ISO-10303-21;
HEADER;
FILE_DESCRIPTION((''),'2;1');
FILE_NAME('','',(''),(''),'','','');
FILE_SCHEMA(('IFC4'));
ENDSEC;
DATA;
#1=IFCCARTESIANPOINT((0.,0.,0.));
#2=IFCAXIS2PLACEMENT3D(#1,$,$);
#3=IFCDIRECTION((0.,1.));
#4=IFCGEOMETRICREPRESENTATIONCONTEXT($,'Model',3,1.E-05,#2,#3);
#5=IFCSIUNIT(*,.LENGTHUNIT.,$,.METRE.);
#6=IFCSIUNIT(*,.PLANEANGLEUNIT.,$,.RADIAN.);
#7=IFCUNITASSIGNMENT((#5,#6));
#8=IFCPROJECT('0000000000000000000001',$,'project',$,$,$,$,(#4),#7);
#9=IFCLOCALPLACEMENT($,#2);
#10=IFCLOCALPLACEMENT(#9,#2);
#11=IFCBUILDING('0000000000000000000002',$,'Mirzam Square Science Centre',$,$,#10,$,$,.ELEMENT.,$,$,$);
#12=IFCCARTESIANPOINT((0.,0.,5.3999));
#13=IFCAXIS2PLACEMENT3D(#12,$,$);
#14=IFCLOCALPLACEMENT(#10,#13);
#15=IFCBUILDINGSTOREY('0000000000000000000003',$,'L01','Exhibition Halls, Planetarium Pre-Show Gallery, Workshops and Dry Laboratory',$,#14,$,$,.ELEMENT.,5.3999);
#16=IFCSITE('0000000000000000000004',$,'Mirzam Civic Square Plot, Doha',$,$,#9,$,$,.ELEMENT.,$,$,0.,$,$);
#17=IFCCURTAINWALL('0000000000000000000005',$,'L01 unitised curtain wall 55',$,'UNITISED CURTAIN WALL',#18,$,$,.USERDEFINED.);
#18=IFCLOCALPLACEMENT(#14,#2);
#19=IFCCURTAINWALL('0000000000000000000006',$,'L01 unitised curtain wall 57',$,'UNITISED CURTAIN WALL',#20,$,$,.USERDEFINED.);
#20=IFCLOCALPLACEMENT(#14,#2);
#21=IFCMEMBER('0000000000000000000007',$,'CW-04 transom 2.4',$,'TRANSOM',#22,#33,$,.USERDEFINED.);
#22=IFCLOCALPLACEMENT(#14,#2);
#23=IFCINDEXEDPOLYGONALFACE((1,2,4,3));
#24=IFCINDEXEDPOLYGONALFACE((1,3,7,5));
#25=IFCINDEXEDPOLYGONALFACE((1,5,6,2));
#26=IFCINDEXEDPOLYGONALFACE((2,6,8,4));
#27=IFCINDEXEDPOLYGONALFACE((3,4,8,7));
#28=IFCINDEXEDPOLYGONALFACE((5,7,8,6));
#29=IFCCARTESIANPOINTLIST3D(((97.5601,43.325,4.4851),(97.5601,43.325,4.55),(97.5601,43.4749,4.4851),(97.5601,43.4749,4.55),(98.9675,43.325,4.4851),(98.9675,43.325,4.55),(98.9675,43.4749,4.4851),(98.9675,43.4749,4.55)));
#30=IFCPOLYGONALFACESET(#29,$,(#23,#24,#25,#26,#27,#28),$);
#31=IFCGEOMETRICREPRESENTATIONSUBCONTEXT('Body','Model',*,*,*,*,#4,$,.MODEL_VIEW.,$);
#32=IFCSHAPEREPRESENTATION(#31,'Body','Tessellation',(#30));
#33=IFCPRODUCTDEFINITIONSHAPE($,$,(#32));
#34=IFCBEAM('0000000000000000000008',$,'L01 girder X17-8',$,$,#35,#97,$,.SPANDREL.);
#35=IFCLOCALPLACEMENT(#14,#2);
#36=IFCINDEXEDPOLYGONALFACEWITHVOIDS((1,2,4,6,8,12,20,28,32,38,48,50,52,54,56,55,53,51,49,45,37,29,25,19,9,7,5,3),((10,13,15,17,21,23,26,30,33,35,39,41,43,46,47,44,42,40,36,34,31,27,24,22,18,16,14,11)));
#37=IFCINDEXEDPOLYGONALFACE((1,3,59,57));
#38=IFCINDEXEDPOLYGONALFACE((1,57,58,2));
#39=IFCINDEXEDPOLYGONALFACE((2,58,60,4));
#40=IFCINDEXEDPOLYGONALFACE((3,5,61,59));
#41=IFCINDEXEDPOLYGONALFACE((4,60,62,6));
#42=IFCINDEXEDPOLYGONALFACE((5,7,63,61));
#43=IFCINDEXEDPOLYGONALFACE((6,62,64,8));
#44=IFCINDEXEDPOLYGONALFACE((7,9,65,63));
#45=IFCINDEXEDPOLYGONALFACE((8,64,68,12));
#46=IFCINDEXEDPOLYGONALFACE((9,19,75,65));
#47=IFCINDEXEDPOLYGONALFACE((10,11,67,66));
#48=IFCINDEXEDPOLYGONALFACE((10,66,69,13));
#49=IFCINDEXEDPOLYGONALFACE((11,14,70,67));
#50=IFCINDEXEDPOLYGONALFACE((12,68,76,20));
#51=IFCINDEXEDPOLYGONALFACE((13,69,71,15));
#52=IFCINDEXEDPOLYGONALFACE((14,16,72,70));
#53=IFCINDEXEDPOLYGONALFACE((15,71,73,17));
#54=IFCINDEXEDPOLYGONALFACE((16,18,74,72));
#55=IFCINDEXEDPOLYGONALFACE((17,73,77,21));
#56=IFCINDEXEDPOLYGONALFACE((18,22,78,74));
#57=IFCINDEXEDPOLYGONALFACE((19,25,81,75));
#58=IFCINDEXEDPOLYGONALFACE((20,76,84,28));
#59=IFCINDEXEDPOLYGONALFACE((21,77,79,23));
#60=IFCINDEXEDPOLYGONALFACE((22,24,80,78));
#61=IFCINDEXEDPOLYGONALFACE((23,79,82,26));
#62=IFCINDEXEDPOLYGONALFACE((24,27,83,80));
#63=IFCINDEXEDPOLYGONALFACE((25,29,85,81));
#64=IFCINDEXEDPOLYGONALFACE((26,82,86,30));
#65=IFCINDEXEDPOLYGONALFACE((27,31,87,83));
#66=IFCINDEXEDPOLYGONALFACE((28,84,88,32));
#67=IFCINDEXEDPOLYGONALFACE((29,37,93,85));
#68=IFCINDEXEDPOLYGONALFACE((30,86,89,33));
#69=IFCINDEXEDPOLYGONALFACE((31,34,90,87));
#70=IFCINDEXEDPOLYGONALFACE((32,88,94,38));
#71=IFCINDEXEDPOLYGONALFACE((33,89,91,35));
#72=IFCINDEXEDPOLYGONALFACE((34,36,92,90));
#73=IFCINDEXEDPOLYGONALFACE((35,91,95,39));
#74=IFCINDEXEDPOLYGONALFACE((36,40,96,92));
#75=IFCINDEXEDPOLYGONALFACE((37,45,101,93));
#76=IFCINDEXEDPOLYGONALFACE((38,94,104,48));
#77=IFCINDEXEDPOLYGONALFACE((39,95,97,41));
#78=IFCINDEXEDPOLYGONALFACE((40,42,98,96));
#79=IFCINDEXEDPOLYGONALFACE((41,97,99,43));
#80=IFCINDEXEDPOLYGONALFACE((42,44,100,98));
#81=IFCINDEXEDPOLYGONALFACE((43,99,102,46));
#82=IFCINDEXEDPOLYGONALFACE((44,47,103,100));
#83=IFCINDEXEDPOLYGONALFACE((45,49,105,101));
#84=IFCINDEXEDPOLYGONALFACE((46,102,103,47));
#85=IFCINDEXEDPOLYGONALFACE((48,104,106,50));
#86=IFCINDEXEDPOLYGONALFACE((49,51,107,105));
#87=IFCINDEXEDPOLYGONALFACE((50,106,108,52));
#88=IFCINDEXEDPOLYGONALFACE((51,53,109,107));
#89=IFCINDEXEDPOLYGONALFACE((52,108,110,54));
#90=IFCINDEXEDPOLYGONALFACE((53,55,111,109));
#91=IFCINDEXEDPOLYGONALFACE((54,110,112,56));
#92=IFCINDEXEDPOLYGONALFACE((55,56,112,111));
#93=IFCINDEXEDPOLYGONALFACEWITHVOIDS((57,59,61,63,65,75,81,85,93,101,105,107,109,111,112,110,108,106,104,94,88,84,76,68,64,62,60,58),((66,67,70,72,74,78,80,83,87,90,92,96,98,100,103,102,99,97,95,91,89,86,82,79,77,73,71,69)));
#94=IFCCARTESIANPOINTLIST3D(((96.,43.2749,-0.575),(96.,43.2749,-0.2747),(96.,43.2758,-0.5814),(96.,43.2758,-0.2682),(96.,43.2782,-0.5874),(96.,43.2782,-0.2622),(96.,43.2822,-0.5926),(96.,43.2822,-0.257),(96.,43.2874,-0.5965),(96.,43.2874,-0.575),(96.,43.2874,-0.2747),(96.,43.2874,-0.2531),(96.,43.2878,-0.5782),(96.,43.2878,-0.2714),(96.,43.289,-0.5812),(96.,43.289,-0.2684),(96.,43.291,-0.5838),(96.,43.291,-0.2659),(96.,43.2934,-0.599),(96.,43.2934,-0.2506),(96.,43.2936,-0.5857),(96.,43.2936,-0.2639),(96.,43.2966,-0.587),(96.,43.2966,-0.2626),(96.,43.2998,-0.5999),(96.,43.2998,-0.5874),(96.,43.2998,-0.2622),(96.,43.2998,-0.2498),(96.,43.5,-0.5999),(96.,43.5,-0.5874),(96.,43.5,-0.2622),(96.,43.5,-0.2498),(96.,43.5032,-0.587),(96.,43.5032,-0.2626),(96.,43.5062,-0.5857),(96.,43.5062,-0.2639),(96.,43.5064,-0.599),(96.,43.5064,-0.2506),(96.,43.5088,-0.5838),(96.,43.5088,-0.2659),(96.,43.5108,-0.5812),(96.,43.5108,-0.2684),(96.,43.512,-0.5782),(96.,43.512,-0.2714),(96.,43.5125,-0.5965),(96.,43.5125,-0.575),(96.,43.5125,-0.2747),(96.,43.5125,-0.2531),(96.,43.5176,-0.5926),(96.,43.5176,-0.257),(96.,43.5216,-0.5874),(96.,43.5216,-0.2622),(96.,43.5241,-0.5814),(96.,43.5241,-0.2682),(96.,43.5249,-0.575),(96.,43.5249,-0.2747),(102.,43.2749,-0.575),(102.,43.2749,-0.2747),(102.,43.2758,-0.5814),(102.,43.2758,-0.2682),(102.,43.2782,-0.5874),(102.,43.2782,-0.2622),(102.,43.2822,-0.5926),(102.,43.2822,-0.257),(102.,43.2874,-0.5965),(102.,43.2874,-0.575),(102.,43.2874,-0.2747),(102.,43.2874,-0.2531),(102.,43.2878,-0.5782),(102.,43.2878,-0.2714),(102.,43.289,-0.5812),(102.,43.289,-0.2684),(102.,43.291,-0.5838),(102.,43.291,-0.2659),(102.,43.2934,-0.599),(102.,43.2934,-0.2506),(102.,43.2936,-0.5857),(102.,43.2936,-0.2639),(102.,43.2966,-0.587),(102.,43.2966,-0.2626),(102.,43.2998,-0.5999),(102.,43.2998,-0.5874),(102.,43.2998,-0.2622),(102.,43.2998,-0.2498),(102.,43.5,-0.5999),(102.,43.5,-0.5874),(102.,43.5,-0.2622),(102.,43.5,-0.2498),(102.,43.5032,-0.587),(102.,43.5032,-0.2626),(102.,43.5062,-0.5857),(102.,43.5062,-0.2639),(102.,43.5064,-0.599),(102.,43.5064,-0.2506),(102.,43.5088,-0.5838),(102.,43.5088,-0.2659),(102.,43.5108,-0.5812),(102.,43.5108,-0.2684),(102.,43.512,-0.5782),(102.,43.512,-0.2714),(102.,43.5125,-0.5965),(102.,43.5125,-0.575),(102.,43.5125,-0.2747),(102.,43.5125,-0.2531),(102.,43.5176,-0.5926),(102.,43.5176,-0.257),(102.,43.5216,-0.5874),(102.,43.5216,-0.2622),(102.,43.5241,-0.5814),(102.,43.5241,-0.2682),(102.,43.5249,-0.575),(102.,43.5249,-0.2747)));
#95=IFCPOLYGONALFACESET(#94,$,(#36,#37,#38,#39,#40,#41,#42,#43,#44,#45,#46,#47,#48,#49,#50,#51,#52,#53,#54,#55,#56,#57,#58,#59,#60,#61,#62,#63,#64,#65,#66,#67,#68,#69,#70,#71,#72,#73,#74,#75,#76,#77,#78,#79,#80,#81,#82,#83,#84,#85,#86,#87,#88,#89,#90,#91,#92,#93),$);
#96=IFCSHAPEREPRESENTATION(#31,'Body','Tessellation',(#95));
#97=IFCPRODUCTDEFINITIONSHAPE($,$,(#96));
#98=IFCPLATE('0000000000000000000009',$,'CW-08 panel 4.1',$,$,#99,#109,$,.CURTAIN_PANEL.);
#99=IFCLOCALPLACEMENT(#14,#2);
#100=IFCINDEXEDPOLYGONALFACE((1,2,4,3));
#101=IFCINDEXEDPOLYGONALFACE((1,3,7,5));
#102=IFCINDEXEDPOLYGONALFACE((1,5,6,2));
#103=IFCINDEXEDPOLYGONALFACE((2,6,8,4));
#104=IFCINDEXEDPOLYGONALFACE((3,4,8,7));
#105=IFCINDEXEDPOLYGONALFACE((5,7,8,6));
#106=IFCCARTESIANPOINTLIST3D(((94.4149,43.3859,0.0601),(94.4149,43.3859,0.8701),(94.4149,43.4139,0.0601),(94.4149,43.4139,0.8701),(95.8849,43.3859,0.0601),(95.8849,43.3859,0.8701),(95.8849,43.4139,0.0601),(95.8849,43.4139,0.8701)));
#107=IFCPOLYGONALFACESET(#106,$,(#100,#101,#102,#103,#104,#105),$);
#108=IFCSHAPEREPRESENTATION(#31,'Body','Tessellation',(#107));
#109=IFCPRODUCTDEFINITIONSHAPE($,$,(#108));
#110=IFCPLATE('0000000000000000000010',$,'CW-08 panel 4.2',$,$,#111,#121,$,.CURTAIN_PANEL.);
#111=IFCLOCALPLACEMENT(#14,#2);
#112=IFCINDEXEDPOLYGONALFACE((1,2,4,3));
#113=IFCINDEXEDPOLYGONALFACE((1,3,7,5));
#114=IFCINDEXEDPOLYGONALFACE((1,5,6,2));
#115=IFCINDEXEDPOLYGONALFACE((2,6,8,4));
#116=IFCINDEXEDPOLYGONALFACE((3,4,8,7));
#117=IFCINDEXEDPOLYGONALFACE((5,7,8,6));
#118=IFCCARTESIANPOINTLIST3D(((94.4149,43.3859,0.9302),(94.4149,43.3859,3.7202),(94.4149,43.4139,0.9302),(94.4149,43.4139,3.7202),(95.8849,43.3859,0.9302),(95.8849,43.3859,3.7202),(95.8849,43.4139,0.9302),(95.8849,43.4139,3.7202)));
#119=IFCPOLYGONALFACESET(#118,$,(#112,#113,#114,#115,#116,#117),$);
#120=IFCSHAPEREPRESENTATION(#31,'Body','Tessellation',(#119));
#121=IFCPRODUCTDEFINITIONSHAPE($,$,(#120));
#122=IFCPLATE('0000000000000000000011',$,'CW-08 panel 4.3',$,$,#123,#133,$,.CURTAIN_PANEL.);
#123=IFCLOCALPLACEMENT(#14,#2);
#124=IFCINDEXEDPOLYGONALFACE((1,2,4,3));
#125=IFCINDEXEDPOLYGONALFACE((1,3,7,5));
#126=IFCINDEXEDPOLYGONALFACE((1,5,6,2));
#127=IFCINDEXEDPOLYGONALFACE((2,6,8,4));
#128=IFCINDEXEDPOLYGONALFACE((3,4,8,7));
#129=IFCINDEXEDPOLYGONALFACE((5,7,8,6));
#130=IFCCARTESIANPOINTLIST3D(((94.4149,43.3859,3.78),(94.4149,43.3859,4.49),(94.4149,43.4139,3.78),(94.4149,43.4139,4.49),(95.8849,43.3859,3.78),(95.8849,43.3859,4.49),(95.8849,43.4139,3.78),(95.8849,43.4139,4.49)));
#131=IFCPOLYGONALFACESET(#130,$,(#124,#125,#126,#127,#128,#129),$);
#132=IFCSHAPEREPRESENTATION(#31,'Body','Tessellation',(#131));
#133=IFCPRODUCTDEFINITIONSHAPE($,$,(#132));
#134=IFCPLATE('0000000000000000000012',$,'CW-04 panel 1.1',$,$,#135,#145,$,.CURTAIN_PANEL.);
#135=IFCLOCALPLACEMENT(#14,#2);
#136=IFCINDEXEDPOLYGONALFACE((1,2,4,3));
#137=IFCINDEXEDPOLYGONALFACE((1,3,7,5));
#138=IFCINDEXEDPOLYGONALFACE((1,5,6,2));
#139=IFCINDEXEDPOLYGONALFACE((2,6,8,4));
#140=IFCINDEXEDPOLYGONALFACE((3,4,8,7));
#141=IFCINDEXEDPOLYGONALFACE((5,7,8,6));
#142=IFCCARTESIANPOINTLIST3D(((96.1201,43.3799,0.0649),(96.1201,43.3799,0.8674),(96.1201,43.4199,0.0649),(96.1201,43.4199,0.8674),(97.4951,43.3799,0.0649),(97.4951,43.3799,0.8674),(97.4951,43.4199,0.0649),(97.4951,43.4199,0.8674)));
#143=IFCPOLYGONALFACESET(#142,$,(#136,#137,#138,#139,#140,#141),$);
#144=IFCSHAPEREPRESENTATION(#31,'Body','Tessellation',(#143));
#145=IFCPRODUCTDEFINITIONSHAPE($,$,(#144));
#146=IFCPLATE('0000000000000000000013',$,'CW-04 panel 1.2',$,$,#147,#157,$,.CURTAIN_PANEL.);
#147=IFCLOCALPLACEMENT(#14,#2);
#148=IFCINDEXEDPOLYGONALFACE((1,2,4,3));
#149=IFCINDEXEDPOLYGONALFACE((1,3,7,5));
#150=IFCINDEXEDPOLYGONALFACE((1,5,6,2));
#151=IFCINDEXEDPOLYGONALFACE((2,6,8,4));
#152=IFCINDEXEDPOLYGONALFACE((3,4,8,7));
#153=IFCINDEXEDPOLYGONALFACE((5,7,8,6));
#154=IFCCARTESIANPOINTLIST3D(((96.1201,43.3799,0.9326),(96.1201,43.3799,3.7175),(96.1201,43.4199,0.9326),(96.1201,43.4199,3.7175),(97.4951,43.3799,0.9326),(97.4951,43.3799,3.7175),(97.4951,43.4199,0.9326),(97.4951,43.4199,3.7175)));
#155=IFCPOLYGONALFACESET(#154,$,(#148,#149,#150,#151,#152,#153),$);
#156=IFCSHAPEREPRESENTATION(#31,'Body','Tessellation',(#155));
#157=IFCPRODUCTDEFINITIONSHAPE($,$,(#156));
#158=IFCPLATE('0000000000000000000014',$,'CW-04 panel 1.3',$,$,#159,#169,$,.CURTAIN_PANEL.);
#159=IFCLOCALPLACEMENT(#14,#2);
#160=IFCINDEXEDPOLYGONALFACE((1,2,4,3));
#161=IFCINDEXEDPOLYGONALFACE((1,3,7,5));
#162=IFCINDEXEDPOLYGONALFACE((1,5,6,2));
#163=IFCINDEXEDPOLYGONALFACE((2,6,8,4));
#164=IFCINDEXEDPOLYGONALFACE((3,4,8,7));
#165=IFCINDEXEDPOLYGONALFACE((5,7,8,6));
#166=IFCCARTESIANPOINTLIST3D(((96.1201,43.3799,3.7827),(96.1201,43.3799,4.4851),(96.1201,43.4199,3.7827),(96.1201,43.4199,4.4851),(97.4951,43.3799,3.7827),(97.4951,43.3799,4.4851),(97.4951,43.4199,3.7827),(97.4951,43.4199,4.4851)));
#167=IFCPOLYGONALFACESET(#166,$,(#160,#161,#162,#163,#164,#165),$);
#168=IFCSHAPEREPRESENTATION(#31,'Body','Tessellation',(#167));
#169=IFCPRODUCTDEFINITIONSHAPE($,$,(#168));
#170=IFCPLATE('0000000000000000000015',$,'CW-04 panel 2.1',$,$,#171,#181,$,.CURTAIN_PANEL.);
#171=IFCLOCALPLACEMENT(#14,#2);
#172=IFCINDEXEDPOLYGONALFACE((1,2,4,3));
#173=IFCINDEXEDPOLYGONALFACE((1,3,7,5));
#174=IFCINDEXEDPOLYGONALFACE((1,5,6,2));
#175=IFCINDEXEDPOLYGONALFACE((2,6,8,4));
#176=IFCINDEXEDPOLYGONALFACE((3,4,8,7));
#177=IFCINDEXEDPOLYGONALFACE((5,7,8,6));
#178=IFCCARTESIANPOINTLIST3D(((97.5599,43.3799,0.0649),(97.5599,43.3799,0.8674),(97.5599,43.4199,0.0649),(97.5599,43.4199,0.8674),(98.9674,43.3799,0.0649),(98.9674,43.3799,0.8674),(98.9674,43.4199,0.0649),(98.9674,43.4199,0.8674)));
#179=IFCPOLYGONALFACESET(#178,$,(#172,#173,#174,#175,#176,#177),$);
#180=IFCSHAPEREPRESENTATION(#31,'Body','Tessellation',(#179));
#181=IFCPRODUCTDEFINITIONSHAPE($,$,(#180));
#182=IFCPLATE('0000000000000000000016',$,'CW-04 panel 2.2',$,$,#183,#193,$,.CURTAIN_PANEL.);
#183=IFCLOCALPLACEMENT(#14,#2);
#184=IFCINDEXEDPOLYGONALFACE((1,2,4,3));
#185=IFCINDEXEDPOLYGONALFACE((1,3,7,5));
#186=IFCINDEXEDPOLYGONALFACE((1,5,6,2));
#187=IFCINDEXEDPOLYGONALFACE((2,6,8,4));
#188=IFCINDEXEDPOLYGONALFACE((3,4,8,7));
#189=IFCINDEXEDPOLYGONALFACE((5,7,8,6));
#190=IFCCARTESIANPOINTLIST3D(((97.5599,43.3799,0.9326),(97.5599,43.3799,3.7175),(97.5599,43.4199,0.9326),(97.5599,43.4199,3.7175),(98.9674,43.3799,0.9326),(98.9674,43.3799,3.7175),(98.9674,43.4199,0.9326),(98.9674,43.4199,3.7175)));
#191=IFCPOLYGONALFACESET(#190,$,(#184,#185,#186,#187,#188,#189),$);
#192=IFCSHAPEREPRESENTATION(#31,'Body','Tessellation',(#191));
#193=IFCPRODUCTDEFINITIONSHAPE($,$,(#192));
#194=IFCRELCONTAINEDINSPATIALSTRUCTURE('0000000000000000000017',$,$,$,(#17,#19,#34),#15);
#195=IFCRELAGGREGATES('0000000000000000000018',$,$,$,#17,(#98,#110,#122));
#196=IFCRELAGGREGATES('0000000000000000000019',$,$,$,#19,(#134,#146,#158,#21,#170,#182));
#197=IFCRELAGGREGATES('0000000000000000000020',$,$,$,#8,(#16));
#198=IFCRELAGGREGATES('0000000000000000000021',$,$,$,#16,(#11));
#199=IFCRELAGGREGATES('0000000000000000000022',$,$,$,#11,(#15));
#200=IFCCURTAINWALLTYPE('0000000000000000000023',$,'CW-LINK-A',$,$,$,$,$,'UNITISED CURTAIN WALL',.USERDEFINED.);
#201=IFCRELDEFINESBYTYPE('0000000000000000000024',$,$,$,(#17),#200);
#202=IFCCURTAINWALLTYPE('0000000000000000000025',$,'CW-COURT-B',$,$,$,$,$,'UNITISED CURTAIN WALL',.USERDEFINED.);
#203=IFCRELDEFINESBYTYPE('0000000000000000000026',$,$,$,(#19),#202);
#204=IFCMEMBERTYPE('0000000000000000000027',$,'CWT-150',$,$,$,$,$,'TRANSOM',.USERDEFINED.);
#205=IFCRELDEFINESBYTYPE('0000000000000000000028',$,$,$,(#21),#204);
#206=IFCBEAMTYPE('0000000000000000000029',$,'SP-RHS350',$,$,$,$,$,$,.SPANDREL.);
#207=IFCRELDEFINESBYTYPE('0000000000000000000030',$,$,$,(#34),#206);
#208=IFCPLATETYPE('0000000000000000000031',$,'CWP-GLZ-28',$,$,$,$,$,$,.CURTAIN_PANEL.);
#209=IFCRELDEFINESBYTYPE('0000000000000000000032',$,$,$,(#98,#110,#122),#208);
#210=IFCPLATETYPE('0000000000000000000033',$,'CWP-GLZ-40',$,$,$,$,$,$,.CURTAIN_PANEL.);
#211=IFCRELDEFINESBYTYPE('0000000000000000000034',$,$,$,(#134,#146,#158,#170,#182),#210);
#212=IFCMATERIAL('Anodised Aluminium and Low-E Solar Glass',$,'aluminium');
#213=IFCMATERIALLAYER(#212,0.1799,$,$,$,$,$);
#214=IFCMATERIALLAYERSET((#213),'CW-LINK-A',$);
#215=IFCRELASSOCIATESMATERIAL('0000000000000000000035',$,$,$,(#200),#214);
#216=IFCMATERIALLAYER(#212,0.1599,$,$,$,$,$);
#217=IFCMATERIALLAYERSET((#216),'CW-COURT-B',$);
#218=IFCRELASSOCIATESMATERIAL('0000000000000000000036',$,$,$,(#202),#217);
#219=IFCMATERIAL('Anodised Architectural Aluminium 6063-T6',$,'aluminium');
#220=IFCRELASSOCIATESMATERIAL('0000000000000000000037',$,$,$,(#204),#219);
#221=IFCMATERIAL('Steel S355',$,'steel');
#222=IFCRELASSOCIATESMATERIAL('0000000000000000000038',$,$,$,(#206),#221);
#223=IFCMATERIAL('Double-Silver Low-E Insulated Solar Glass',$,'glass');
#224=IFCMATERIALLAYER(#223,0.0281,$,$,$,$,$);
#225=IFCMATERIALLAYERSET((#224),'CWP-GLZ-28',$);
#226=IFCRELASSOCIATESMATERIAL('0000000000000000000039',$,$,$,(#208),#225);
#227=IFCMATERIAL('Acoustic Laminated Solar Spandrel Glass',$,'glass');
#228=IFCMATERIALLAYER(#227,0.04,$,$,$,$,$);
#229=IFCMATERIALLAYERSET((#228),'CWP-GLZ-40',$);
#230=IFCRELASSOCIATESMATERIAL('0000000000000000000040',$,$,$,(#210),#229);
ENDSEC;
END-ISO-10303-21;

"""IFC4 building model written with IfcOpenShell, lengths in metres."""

from ifc_helpers import new_model, si_unit, direction, frame, origin, origin_2d, place, context, subcontext, project, spatial, rectangle, hollow_rectangle, extrude, material, layer, layer_set, material_profile, profile_set, type_object, element, aggregate, save


model = new_model("IFC4")

# Units and contexts
model_context = context("Model", 3, precision=1e-05, world=origin(), true_north=direction((0.0, 1.0)))
body_context = subcontext(model_context, "Body", "Model", "MODEL_VIEW")
ifc_project = project(units=[si_unit("LENGTHUNIT", "METRE"), si_unit("PLANEANGLEUNIT", "RADIAN")], contexts=[model_context])

# Site, building, storey
site_placement = place(None, origin())
site = spatial("IfcSite", under=ifc_project, at=site_placement, Name="Mirzam Civic Square Plot, Doha", CompositionType="ELEMENT", RefElevation=0.0)
building_placement = place(site_placement, origin())
building = spatial("IfcBuilding", under=site, at=building_placement, Name="Mirzam Square Science Centre", CompositionType="ELEMENT")
storey_placement = place(building_placement, frame((0.0, 0.0, 5.3999)))
storey = spatial("IfcBuildingStorey", under=building, at=storey_placement, Name="L01", Description="Exhibition Halls, Planetarium Pre-Show Gallery, Workshops and Dry Laboratory", CompositionType="ELEMENT", Elevation=5.3999)

# Shared definitions
ifc_material_1 = material(Name="Steel S355", Category="steel")

# Curtain wall
ifc_material_2 = material(Name="Anodised Aluminium and Low-E Solar Glass", Category="aluminium")
ifc_layer_1 = layer(ifc_material_2, 0.1799)
ifc_layer_set_1 = layer_set([ifc_layer_1], Name="CW-LINK-A")
curtain_wall_type_1 = type_object("IfcCurtainWallType", Name="CW-LINK-A", ElementType="UNITISED CURTAIN WALL", PredefinedType="USERDEFINED", material=ifc_layer_set_1)
curtain_wall_1_placement = place(storey_placement, origin())
curtain_wall_1 = element("IfcCurtainWall", 1, at=curtain_wall_1_placement, inside=storey, type_object=curtain_wall_type_1, Name="L01 unitised curtain wall 55", ObjectType="UNITISED CURTAIN WALL", PredefinedType="USERDEFINED")
ifc_material_3 = material(Name="Anodised Architectural Aluminium 6063-T6", Category="aluminium")

# Curtain wall, member
ifc_layer_2 = layer(ifc_material_2, 0.1599)
ifc_layer_set_2 = layer_set([ifc_layer_2], Name="CW-COURT-B")
curtain_wall_type_2 = type_object("IfcCurtainWallType", Name="CW-COURT-B", ElementType="UNITISED CURTAIN WALL", PredefinedType="USERDEFINED", material=ifc_layer_set_2)
curtain_wall_2_placement = place(storey_placement, origin())
curtain_wall_2 = element("IfcCurtainWall", 2, at=curtain_wall_2_placement, inside=storey, type_object=curtain_wall_type_2, Name="L01 unitised curtain wall 57", ObjectType="UNITISED CURTAIN WALL", PredefinedType="USERDEFINED")
ifc_material_profile_1 = material_profile(ifc_material_3, rectangle(XDim=0.1499, YDim=0.0649, at=origin_2d()), Name="ALU-TRAN-150x65x4")
ifc_profile_set_1 = profile_set([ifc_material_profile_1], Name="Anodised Architectural Aluminium 6063-T6")
member_type_1 = type_object("IfcMemberType", Name="CWT-150", ElementType="TRANSOM", PredefinedType="USERDEFINED", material=ifc_profile_set_1)
member_1_placement = place(storey_placement, frame((97.5601, 43.3999, 4.5176), z_axis=(1.0, 0.0, 0.0), x_axis=(0.0, 1.0, 0.0)))
member_1 = element("IfcMember", 3, at=member_1_placement, type_object=member_type_1, Name="CW-04 transom 2.4", ObjectType="TRANSOM", PredefinedType="USERDEFINED", context=body_context, shape_type="SweptSolid", body=[
    extrude(rectangle(XDim=0.1499, YDim=0.0649, at=origin_2d()), origin(), (0.0, 0.0, 1.0), 1.4075),
])

# Beam
ifc_material_profile_2 = material_profile(ifc_material_1, hollow_rectangle(XDim=0.25, YDim=0.3501, WallThickness=0.0125, InnerFilletRadius=0.0125, OuterFilletRadius=0.0249, at=origin_2d()), Name="350x250x12.5RHS")
ifc_profile_set_2 = profile_set([ifc_material_profile_2], Name="Steel S355")
beam_type = type_object("IfcBeamType", Name="SP-RHS350", PredefinedType="SPANDREL", material=ifc_profile_set_2)
beam_placement = place(storey_placement, frame((96.0, 43.3999, -0.4248), z_axis=(1.0, 0.0, 0.0), x_axis=(0.0, 1.0, 0.0)))
element("IfcBeam", 4, at=beam_placement, inside=storey, type_object=beam_type, Name="L01 girder X17-8", PredefinedType="SPANDREL", context=body_context, shape_type="SweptSolid", body=[
    extrude(hollow_rectangle(XDim=0.25, YDim=0.3501, WallThickness=0.0125, InnerFilletRadius=0.0125, OuterFilletRadius=0.0249, at=origin_2d()), origin(), (0.0, 0.0, 1.0), 6.0),
])

# Plates
ifc_material_4 = material(Name="Double-Silver Low-E Insulated Solar Glass", Category="glass")
ifc_layer_3 = layer(ifc_material_4, 0.0281)
ifc_layer_set_3 = layer_set([ifc_layer_3], Name="CWP-GLZ-28")
plate_type_1 = type_object("IfcPlateType", Name="CWP-GLZ-28", PredefinedType="CURTAIN_PANEL", material=ifc_layer_set_3)
plate_1_placement = place(storey_placement, frame((95.1499, 43.3999, 0.0601), z_axis=(0.0, 0.0, 1.0), x_axis=(1.0, 0.0, 0.0)))
plate_1 = element("IfcPlate", 5, at=plate_1_placement, type_object=plate_type_1, Name="CW-08 panel 4.1", PredefinedType="CURTAIN_PANEL", context=body_context, shape_type="SweptSolid", body=[
    extrude(rectangle(XDim=1.47, YDim=0.0281, at=origin_2d()), origin(), (0.0, 0.0, 1.0), 0.8101),
])
plate_2_placement = place(storey_placement, frame((95.1499, 43.3999, 0.9302), z_axis=(0.0, 0.0, 1.0), x_axis=(1.0, 0.0, 0.0)))
plate_2 = element("IfcPlate", 6, at=plate_2_placement, type_object=plate_type_1, Name="CW-08 panel 4.2", PredefinedType="CURTAIN_PANEL", context=body_context, shape_type="SweptSolid", body=[
    extrude(rectangle(XDim=1.47, YDim=0.0281, at=origin_2d()), origin(), (0.0, 0.0, 1.0), 2.79),
])
plate_3_placement = place(storey_placement, frame((95.1499, 43.3999, 3.78), z_axis=(0.0, 0.0, 1.0), x_axis=(1.0, 0.0, 0.0)))
plate_3 = element("IfcPlate", 7, at=plate_3_placement, type_object=plate_type_1, Name="CW-08 panel 4.3", PredefinedType="CURTAIN_PANEL", context=body_context, shape_type="SweptSolid", body=[
    extrude(rectangle(XDim=1.47, YDim=0.0281, at=origin_2d()), origin(), (0.0, 0.0, 1.0), 0.71),
])
aggregate(curtain_wall_1, [plate_1, plate_2, plate_3])
ifc_material_5 = material(Name="Acoustic Laminated Solar Spandrel Glass", Category="glass")
ifc_layer_4 = layer(ifc_material_5, 0.04)
ifc_layer_set_4 = layer_set([ifc_layer_4], Name="CWP-GLZ-40")
plate_type_2 = type_object("IfcPlateType", Name="CWP-GLZ-40", PredefinedType="CURTAIN_PANEL", material=ifc_layer_set_4)
plate_4_placement = place(storey_placement, frame((96.8076, 43.3999, 0.0649), z_axis=(0.0, 0.0, 1.0), x_axis=(1.0, 0.0, 0.0)))
plate_4 = element("IfcPlate", 8, at=plate_4_placement, type_object=plate_type_2, Name="CW-04 panel 1.1", PredefinedType="CURTAIN_PANEL", context=body_context, shape_type="SweptSolid", body=[
    extrude(rectangle(XDim=1.375, YDim=0.04, at=origin_2d()), origin(), (0.0, 0.0, 1.0), 0.8025),
])
plate_5_placement = place(storey_placement, frame((96.8076, 43.3999, 0.9326), z_axis=(0.0, 0.0, 1.0), x_axis=(1.0, 0.0, 0.0)))
plate_5 = element("IfcPlate", 9, at=plate_5_placement, type_object=plate_type_2, Name="CW-04 panel 1.2", PredefinedType="CURTAIN_PANEL", context=body_context, shape_type="SweptSolid", body=[
    extrude(rectangle(XDim=1.375, YDim=0.04, at=origin_2d()), origin(), (0.0, 0.0, 1.0), 2.7849),
])
plate_6_placement = place(storey_placement, frame((96.8076, 43.3999, 3.7827), z_axis=(0.0, 0.0, 1.0), x_axis=(1.0, 0.0, 0.0)))
plate_6 = element("IfcPlate", 10, at=plate_6_placement, type_object=plate_type_2, Name="CW-04 panel 1.3", PredefinedType="CURTAIN_PANEL", context=body_context, shape_type="SweptSolid", body=[
    extrude(rectangle(XDim=1.375, YDim=0.04, at=origin_2d()), origin(), (0.0, 0.0, 1.0), 0.7024),
])
plate_7_placement = place(storey_placement, frame((98.2637, 43.3999, 0.0649), z_axis=(0.0, 0.0, 1.0), x_axis=(1.0, 0.0, 0.0)))
plate_7 = element("IfcPlate", 11, at=plate_7_placement, type_object=plate_type_2, Name="CW-04 panel 2.1", PredefinedType="CURTAIN_PANEL", context=body_context, shape_type="SweptSolid", body=[
    extrude(rectangle(XDim=1.4075, YDim=0.04, at=origin_2d()), origin(), (0.0, 0.0, 1.0), 0.8025),
])
plate_8_placement = place(storey_placement, frame((98.2637, 43.3999, 0.9326), z_axis=(0.0, 0.0, 1.0), x_axis=(1.0, 0.0, 0.0)))
plate_8 = element("IfcPlate", 12, at=plate_8_placement, type_object=plate_type_2, Name="CW-04 panel 2.2", PredefinedType="CURTAIN_PANEL", context=body_context, shape_type="SweptSolid", body=[
    extrude(rectangle(XDim=1.4075, YDim=0.04, at=origin_2d()), origin(), (0.0, 0.0, 1.0), 2.7849),
])
aggregate(curtain_wall_2, [plate_4, plate_5, plate_6, member_1, plate_7, plate_8])

save(model, "model.ifc")
